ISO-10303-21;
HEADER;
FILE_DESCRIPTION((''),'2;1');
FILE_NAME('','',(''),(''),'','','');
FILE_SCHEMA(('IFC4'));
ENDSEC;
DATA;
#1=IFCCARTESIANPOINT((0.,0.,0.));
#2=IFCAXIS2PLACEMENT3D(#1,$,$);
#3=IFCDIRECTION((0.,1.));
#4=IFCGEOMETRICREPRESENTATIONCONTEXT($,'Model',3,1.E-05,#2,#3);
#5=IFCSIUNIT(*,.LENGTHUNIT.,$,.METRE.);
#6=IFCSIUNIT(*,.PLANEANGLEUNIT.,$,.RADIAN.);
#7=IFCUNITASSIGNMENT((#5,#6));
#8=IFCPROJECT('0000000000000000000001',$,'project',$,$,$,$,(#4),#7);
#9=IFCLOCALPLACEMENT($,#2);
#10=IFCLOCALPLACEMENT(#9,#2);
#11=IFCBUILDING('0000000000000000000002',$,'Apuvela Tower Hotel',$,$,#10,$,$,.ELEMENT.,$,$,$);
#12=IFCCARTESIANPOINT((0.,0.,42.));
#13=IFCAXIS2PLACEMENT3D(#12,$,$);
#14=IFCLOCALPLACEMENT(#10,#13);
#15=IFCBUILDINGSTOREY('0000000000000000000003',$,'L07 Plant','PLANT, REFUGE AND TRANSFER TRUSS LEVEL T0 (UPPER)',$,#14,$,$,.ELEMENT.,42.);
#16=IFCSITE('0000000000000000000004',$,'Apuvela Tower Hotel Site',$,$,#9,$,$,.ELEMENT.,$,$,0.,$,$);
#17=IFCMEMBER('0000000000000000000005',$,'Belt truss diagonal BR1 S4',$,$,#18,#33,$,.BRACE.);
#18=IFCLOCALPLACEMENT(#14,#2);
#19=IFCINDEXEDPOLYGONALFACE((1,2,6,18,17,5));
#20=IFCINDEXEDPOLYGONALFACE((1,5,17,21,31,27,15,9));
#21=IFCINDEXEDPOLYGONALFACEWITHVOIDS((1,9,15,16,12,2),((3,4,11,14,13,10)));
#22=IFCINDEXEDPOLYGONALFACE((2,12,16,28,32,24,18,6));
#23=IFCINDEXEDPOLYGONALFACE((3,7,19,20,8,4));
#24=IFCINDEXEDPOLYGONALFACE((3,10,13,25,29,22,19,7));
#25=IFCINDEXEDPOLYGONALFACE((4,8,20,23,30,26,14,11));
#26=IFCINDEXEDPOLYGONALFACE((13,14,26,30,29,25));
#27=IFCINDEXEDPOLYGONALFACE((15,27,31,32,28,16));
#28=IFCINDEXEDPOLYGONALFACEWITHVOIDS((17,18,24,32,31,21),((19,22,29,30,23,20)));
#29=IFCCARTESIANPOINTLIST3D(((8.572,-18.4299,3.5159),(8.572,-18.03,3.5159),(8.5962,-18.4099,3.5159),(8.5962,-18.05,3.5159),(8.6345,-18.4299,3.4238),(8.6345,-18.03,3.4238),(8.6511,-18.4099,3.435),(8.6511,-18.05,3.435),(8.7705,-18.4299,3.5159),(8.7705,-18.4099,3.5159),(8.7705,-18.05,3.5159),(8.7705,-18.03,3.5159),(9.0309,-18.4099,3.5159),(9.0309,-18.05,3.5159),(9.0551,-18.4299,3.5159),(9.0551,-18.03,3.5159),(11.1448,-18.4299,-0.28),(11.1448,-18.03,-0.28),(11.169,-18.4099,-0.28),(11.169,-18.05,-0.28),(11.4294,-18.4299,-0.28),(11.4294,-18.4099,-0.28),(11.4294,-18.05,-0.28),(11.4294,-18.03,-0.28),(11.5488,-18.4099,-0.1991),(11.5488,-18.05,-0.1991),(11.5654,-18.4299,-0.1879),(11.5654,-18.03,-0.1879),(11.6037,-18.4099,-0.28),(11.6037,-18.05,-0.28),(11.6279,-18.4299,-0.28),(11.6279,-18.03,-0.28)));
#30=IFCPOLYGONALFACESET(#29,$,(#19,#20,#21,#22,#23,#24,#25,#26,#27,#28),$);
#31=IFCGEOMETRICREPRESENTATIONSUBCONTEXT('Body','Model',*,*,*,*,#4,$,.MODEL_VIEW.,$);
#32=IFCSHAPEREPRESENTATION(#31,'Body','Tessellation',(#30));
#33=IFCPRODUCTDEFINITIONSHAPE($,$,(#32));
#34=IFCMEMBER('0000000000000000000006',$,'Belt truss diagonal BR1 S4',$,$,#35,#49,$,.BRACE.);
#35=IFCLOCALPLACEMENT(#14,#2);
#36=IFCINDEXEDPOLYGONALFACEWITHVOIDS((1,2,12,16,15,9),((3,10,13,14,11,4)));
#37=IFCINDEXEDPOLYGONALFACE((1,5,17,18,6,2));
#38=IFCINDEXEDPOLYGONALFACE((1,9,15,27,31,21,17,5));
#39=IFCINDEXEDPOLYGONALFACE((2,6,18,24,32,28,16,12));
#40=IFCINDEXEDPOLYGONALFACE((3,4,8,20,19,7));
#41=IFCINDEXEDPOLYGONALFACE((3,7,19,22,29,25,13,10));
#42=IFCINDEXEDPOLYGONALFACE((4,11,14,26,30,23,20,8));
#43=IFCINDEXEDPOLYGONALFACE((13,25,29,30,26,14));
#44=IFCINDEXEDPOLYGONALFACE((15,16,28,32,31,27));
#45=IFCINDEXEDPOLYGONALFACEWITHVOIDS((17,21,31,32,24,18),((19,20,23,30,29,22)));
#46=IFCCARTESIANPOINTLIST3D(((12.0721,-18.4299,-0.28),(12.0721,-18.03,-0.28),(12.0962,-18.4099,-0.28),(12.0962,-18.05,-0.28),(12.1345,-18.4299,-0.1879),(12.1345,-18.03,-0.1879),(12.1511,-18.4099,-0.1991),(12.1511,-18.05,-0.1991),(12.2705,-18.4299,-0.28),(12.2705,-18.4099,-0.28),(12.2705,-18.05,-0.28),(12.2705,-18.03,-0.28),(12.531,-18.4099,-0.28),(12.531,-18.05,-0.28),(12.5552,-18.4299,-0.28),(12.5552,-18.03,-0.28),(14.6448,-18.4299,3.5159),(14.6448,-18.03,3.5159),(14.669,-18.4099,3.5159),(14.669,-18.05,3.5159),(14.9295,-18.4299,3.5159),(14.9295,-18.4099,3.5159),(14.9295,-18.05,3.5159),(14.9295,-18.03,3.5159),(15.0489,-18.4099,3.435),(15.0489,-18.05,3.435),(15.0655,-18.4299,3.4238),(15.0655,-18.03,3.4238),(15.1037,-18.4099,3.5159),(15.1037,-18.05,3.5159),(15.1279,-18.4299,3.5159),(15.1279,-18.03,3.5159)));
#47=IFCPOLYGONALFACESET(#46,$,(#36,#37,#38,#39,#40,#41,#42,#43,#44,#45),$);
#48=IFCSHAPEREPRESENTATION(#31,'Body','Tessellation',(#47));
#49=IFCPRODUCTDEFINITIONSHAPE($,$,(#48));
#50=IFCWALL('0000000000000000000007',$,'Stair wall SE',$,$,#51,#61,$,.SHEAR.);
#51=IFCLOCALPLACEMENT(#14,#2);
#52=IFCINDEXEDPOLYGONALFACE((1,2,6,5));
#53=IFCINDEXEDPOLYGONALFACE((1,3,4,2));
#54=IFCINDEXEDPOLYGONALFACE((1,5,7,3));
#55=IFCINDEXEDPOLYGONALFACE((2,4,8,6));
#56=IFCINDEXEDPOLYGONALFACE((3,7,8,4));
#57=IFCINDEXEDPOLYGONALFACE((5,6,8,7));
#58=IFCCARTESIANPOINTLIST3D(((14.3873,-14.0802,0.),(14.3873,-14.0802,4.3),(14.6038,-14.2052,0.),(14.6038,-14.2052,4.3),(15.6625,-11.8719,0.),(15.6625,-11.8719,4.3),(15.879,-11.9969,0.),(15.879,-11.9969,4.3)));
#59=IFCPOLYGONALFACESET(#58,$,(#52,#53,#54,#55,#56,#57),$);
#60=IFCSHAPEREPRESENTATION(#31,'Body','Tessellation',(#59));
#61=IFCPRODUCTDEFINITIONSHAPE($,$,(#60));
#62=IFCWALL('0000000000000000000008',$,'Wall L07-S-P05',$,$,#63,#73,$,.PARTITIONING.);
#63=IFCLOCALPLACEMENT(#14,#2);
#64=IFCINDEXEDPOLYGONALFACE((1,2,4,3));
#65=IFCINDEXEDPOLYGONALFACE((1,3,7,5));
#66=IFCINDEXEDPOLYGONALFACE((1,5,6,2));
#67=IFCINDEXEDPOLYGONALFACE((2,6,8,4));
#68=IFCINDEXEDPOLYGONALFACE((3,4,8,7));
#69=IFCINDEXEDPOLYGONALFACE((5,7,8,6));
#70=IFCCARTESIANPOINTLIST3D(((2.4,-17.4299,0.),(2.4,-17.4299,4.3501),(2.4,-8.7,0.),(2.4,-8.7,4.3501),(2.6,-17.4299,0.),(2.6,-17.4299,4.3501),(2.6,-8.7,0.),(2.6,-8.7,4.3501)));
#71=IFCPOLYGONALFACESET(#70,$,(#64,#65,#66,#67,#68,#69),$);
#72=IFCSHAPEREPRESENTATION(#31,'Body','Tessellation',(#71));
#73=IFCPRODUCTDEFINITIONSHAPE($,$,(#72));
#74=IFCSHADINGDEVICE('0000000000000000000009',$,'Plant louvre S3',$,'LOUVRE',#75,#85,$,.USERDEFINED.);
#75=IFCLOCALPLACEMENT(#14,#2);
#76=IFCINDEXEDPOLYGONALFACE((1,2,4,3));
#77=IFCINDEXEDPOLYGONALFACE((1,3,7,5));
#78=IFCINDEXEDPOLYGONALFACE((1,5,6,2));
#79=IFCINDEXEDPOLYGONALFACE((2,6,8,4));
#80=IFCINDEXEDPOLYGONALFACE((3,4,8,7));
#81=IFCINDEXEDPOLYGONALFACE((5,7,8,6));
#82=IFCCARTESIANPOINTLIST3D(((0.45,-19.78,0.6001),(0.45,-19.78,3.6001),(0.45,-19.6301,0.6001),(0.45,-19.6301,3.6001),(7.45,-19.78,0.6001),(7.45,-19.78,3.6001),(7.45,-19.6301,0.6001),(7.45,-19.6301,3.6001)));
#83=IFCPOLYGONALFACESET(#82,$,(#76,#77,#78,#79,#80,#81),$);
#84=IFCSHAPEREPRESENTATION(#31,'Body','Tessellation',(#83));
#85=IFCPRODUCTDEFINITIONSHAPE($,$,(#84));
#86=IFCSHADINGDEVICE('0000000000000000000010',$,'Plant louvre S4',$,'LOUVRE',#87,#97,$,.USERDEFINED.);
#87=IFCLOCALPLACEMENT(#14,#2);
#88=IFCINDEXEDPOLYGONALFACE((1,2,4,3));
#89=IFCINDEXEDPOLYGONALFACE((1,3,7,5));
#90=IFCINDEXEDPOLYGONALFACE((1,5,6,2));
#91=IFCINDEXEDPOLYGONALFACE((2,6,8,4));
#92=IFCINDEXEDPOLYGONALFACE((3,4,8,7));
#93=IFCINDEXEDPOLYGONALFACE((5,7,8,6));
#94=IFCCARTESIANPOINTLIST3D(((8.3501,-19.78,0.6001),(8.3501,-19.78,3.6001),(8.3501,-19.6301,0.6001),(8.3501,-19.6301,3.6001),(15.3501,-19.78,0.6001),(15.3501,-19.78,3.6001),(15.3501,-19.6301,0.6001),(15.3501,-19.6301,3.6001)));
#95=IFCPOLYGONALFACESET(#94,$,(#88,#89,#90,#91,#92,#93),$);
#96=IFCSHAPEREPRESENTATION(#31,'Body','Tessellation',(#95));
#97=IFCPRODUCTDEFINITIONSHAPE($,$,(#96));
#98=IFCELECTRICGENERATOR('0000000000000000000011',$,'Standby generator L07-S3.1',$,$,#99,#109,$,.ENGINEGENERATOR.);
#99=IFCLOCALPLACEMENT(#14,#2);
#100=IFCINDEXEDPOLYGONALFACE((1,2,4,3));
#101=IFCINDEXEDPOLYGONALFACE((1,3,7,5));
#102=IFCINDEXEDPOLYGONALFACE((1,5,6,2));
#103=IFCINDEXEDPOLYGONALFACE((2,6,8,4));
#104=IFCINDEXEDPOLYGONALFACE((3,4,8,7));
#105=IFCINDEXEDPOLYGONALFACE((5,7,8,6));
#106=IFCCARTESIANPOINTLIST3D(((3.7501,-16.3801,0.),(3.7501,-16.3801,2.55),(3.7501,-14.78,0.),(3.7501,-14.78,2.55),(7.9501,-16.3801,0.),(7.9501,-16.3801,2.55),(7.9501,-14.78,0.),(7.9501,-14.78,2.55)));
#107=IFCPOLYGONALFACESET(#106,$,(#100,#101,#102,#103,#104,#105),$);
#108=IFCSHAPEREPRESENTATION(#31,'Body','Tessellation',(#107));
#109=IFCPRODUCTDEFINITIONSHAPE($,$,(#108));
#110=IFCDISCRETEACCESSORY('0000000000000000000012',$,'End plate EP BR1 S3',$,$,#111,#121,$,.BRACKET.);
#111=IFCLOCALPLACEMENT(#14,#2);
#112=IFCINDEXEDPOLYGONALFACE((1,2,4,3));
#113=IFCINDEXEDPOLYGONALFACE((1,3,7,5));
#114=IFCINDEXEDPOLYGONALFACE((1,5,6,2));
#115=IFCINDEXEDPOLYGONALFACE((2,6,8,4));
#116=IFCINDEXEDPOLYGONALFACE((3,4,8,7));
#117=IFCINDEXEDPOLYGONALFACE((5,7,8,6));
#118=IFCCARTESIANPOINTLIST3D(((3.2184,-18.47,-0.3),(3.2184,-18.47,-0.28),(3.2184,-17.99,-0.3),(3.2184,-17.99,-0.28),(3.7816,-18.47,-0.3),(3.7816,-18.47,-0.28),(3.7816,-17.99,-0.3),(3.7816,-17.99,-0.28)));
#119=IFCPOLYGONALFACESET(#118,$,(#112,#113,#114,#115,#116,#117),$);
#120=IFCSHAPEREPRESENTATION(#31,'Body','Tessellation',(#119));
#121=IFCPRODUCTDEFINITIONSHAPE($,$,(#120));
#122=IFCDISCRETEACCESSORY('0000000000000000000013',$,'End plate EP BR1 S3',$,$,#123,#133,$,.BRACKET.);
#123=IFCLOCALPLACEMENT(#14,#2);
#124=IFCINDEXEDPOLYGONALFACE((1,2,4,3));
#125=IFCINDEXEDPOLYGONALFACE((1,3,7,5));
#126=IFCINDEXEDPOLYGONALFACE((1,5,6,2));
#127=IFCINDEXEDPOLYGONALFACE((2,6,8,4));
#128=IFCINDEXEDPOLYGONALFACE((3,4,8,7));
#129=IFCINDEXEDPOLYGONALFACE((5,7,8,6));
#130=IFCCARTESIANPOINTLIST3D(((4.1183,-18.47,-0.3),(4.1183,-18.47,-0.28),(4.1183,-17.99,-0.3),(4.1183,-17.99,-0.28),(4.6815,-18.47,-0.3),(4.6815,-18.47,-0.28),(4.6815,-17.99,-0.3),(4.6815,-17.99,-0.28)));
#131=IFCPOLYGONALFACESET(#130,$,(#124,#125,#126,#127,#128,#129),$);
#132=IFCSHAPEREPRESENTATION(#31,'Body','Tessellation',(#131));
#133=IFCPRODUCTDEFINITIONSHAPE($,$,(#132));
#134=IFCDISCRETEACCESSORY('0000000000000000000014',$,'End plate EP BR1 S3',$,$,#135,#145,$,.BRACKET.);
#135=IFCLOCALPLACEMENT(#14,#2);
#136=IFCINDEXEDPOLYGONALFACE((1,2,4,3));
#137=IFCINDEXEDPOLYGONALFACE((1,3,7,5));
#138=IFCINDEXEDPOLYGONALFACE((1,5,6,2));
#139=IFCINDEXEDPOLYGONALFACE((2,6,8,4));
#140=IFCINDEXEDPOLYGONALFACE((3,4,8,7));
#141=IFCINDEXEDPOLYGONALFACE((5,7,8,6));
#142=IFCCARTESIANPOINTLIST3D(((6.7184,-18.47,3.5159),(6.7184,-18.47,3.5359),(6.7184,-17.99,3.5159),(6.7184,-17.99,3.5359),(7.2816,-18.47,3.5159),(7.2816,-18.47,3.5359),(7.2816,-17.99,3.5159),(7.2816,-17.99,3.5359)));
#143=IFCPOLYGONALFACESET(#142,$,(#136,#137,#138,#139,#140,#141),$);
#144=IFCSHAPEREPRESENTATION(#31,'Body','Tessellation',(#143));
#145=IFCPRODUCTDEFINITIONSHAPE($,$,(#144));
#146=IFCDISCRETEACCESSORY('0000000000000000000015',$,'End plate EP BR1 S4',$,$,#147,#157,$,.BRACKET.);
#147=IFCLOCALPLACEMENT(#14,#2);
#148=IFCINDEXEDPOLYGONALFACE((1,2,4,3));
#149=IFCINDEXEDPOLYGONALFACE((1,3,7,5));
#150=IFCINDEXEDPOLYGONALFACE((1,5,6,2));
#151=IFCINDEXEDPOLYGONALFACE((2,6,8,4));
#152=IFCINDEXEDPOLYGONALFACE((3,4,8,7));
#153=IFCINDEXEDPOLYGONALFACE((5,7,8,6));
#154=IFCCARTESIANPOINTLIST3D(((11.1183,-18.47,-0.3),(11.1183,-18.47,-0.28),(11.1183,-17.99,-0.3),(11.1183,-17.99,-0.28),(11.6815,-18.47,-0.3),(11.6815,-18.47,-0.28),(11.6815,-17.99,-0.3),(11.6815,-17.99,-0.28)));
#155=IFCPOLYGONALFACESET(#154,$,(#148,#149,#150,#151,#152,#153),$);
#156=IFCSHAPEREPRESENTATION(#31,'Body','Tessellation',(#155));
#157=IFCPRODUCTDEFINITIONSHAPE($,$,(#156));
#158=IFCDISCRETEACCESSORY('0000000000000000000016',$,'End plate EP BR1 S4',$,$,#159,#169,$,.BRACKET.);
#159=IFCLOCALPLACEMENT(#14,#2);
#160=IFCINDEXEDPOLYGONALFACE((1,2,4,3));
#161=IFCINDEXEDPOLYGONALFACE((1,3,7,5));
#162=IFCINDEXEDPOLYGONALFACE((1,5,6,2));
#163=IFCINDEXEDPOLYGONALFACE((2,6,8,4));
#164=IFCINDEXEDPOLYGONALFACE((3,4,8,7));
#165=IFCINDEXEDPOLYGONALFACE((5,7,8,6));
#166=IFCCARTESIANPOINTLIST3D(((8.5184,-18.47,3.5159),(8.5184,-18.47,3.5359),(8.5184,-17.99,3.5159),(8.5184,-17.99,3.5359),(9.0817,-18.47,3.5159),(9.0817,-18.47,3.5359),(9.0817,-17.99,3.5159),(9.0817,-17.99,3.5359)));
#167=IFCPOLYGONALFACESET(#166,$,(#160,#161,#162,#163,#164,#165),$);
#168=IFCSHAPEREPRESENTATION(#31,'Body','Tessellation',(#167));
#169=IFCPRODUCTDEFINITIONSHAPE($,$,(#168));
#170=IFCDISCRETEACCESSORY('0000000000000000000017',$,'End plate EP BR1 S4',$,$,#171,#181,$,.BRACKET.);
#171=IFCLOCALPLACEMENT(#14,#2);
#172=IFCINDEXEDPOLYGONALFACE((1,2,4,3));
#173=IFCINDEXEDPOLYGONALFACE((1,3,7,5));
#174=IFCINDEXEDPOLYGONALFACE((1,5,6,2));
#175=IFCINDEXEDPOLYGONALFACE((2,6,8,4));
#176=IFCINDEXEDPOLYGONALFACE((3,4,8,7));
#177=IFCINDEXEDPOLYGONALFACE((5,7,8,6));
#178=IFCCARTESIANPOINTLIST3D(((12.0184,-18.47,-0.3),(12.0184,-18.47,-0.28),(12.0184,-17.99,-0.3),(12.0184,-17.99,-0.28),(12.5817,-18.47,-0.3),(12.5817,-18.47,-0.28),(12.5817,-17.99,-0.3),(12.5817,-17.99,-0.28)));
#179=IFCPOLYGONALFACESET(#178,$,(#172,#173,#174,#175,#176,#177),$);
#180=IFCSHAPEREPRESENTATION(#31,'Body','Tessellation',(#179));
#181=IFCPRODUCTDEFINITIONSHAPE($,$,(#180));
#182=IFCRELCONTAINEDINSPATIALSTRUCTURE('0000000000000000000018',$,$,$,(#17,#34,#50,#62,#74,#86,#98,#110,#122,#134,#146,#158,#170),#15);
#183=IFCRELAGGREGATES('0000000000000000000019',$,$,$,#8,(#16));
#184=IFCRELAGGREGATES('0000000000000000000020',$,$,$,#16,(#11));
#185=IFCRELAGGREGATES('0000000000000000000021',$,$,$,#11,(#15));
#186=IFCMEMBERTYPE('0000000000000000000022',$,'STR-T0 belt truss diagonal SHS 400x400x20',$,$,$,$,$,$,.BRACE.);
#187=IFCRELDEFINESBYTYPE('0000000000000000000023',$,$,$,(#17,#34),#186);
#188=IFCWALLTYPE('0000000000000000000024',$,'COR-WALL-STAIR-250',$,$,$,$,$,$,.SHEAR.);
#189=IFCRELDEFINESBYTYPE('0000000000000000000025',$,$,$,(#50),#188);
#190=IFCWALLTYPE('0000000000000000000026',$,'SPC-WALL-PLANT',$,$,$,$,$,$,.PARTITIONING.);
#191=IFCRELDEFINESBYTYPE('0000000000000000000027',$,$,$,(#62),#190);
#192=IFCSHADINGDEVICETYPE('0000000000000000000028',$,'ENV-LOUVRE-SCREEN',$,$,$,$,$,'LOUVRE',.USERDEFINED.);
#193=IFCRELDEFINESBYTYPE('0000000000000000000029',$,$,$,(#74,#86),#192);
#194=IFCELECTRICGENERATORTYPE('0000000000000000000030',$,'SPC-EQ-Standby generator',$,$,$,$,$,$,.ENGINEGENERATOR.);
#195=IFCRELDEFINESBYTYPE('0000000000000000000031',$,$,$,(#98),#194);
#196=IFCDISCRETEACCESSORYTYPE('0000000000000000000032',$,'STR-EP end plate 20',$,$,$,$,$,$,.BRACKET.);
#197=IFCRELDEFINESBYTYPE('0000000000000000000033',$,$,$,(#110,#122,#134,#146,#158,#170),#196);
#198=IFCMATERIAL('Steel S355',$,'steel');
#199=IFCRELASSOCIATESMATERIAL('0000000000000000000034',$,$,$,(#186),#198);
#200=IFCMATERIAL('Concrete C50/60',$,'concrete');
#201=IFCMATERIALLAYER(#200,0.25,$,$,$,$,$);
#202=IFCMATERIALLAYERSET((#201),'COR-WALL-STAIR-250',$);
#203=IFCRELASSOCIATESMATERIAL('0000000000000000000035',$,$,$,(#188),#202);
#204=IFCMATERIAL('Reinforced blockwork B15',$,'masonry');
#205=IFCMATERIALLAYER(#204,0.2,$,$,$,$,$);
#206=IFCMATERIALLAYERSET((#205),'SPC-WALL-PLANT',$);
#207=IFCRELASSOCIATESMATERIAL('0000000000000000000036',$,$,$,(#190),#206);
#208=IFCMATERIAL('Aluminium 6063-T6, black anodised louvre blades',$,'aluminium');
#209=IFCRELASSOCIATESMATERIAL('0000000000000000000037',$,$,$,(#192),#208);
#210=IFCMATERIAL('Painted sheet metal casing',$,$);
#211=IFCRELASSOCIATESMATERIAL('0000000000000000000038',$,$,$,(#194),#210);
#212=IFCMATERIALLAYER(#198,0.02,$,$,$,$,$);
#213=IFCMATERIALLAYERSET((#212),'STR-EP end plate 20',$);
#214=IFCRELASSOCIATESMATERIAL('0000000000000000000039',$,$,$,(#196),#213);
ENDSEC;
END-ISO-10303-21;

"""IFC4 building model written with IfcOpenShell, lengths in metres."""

from ifc_helpers import new_model, si_unit, direction, frame, frame_2d, origin, origin_2d, place, context, subcontext, project, spatial, rectangle, hollow_rectangle, extrude, boolean, halfspace, material, layer, layer_set, material_profile, profile_set, type_object, element, save


model = new_model("IFC4")

# Units and contexts
model_context = context("Model", 3, precision=1e-05, world=origin(), true_north=direction((0.0, 1.0)))
body_context = subcontext(model_context, "Body", "Model", "MODEL_VIEW")
ifc_project = project(units=[si_unit("LENGTHUNIT", "METRE"), si_unit("PLANEANGLEUNIT", "RADIAN")], contexts=[model_context])

# Site, building, storey
site_placement = place(None, origin())
site = spatial("IfcSite", under=ifc_project, at=site_placement, Name="Apuvela Tower Hotel Site", CompositionType="ELEMENT", RefElevation=0.0)
building_placement = place(site_placement, origin())
building = spatial("IfcBuilding", under=site, at=building_placement, Name="Apuvela Tower Hotel", CompositionType="ELEMENT")
storey_placement = place(building_placement, frame((0.0, 0.0, 42.0)))
storey = spatial("IfcBuildingStorey", under=building, at=storey_placement, Name="L07 Plant", Description="PLANT, REFUGE AND TRANSFER TRUSS LEVEL T0 (UPPER)", CompositionType="ELEMENT", Elevation=42.0)

# Shared definitions
ifc_material_1 = material(Name="Steel S355", Category="steel")

# Members
ifc_material_profile_1 = material_profile(ifc_material_1, hollow_rectangle(XDim=0.3999, YDim=0.3999, WallThickness=0.02, at=origin_2d()), Name="SHS 400x400x20")
ifc_profile_set_1 = profile_set([ifc_material_profile_1], Name="Steel S355")
member_type = type_object("IfcMemberType", Name="STR-T0 belt truss diagonal SHS 400x400x20", PredefinedType="BRACE", material=ifc_profile_set_1)
member_1_placement = place(storey_placement, frame((11.3999, -18.23, -0.3), z_axis=(-0.561043, 0.0, 0.827787), x_axis=(0.827787, 0.0, 0.561043)))
solid_1 = boolean("DIFFERENCE", boolean("DIFFERENCE", extrude(hollow_rectangle(XDim=0.3999, YDim=0.3999, WallThickness=0.02, at=origin_2d()), frame((0.0, 0.0, -0.2556)), (0.0, 0.0, 1.0), 5.1453), halfspace(frame((0.0, 0.0, 0.0242), z_axis=(0.561043, 0.0, 0.827787), x_axis=(0.827787, 0.0, -0.561043)), True)), halfspace(frame((0.0, 0.0, 4.6099), z_axis=(0.561043, 0.0, 0.827787), x_axis=(0.827787, 0.0, -0.561043)), False))
element("IfcMember", 1, at=member_1_placement, inside=storey, type_object=member_type, Name="Belt truss diagonal BR1 S4", PredefinedType="BRACE", context=body_context, shape_type="SweptSolid", body=[
    boolean("UNION", boolean("DIFFERENCE", boolean("DIFFERENCE", extrude(hollow_rectangle(XDim=0.3999, YDim=0.3999, WallThickness=0.02, at=origin_2d()), origin(), (0.0, 0.0, 1.0), 4.634), halfspace(frame((0.0, 0.0, 0.0242), z_axis=(0.561043, 0.0, 0.827787), x_axis=(0.827787, 0.0, -0.561043)), True)), halfspace(frame((0.0, 0.0, 4.6099), z_axis=(0.561043, 0.0, 0.827787), x_axis=(0.827787, 0.0, -0.561043)), False)), solid_1),
])
member_2_placement = place(storey_placement, frame((12.3, -18.23, -0.3), z_axis=(0.561043, 0.0, 0.827787), x_axis=(-0.827787, 0.0, 0.561043)))
solid_2 = boolean("DIFFERENCE", boolean("DIFFERENCE", extrude(hollow_rectangle(XDim=0.3999, YDim=0.3999, WallThickness=0.02, at=origin_2d()), frame((0.0, 0.0, -0.2556)), (0.0, 0.0, 1.0), 5.1453), halfspace(frame((0.0, 0.0, 0.0242), z_axis=(0.561043, 0.0, 0.827787), x_axis=(0.827787, 0.0, -0.561043)), True)), halfspace(frame((0.0, 0.0, 4.6099), z_axis=(0.561043, 0.0, 0.827787), x_axis=(0.827787, 0.0, -0.561043)), False))
element("IfcMember", 2, at=member_2_placement, inside=storey, type_object=member_type, Name="Belt truss diagonal BR1 S4", PredefinedType="BRACE", context=body_context, shape_type="SweptSolid", body=[
    boolean("UNION", boolean("DIFFERENCE", boolean("DIFFERENCE", extrude(hollow_rectangle(XDim=0.3999, YDim=0.3999, WallThickness=0.02, at=origin_2d()), origin(), (0.0, 0.0, 1.0), 4.634), halfspace(frame((0.0, 0.0, 0.0242), z_axis=(0.561043, 0.0, 0.827787), x_axis=(0.827787, 0.0, -0.561043)), True)), halfspace(frame((0.0, 0.0, 4.6099), z_axis=(0.561043, 0.0, 0.827787), x_axis=(0.827787, 0.0, -0.561043)), False)), solid_2),
])

# Walls
ifc_material_2 = material(Name="Concrete C50/60", Category="concrete")
ifc_layer_1 = layer(ifc_material_2, 0.25)
ifc_layer_set_1 = layer_set([ifc_layer_1], Name="COR-WALL-STAIR-250")
wall_type_1 = type_object("IfcWallType", Name="COR-WALL-STAIR-250", PredefinedType="SHEAR", material=ifc_layer_set_1)
wall_1_placement = place(storey_placement, frame((14.4956, -14.1426, 0.0), z_axis=(0.0, 0.0, 1.0), x_axis=(0.500062, 0.865989, 0.0)))
element("IfcWall", 3, at=wall_1_placement, inside=storey, type_object=wall_type_1, Name="Stair wall SE", PredefinedType="SHEAR", context=body_context, shape_type="SweptSolid", body=[
    extrude(rectangle(XDim=2.55, YDim=0.25, at=frame_2d((1.2749, 0.0))), origin(), (0.0, 0.0, 1.0), 4.3),
])
ifc_material_3 = material(Name="Reinforced blockwork B15", Category="masonry")
ifc_layer_2 = layer(ifc_material_3, 0.2)
ifc_layer_set_2 = layer_set([ifc_layer_2], Name="SPC-WALL-PLANT")
wall_type_2 = type_object("IfcWallType", Name="SPC-WALL-PLANT", PredefinedType="PARTITIONING", material=ifc_layer_set_2)
wall_2_placement = place(storey_placement, frame((2.5, -17.4299, 0.0), z_axis=(0.0, 0.0, 1.0), x_axis=(0.0, 1.0, 0.0)))
element("IfcWall", 4, at=wall_2_placement, inside=storey, type_object=wall_type_2, Name="Wall L07-S-P05", PredefinedType="PARTITIONING", context=body_context, shape_type="SweptSolid", body=[
    extrude(rectangle(XDim=8.73, YDim=0.2, at=frame_2d((4.365, 0.0))), origin(), (0.0, 0.0, 1.0), 4.3501),
])

# Shading devices
ifc_material_4 = material(Name="Aluminium 6063-T6, black anodised louvre blades", Category="aluminium")
shading_device_type = type_object("IfcShadingDeviceType", Name="ENV-LOUVRE-SCREEN", ElementType="LOUVRE", PredefinedType="USERDEFINED", material=ifc_material_4)
for number, where, z_axis, x_axis, name in (
    (5, (3.95, -19.7051, 0.6001), (0.0, 0.0, 1.0), (1.0, 0.0, 0.0), "Plant louvre S3"),
    (6, (11.8501, -19.7051, 0.6001), (0.0, 0.0, 1.0), (1.0, 0.0, 0.0), "Plant louvre S4"),
):
    element("IfcShadingDevice", number, at=place(storey_placement, frame(where, z_axis=z_axis, x_axis=x_axis)), inside=storey, type_object=shading_device_type, Name=name, ObjectType="LOUVRE", PredefinedType="USERDEFINED", context=body_context, shape_type="SweptSolid", body=[
        extrude(rectangle(XDim=7.0, YDim=0.1499, at=origin_2d()), origin(), (0.0, 0.0, 1.0), 3.0),
    ])

# Electric generator
ifc_material_5 = material(Name="Painted sheet metal casing")
electric_generator_type = type_object("IfcElectricGeneratorType", Name="SPC-EQ-Standby generator", PredefinedType="ENGINEGENERATOR", material=ifc_material_5)
electric_generator_placement = place(storey_placement, frame((5.8501, -15.5801, 0.0), z_axis=(0.0, 0.0, 1.0), x_axis=(1.0, 0.0, 0.0)))
element("IfcElectricGenerator", 7, at=electric_generator_placement, inside=storey, type_object=electric_generator_type, Name="Standby generator L07-S3.1", PredefinedType="ENGINEGENERATOR", context=body_context, shape_type="SweptSolid", body=[
    extrude(rectangle(XDim=4.2, YDim=1.6001, at=origin_2d()), origin(), (0.0, 0.0, 1.0), 2.55),
])

# Discrete accessories
ifc_layer_3 = layer(ifc_material_1, 0.02)
ifc_layer_set_3 = layer_set([ifc_layer_3], Name="STR-EP end plate 20")
discrete_accessory_type = type_object("IfcDiscreteAccessoryType", Name="STR-EP end plate 20", PredefinedType="BRACKET", material=ifc_layer_set_3)
for number, where, z_axis, x_axis, name in (
    (8, (3.5, -18.23, -0.3), (0.0, 0.0, 1.0), (-1.0, 0.0, 0.0), "End plate EP BR1 S3"),
    (9, (4.3999, -18.23, -0.3), (0.0, 0.0, 1.0), (1.0, 0.0, 0.0), "End plate EP BR1 S3"),
    (10, (7.0, -18.23, 3.5159), (0.0, 0.0, 1.0), (1.0, 0.0, 0.0), "End plate EP BR1 S3"),
    (11, (11.3999, -18.23, -0.3), (0.0, 0.0, 1.0), (-1.0, 0.0, 0.0), "End plate EP BR1 S4"),
    (12, (8.8, -18.23, 3.5159), (0.0, 0.0, 1.0), (-1.0, 0.0, 0.0), "End plate EP BR1 S4"),
    (13, (12.3, -18.23, -0.3), (0.0, 0.0, 1.0), (1.0, 0.0, 0.0), "End plate EP BR1 S4"),
):
    element("IfcDiscreteAccessory", number, at=place(storey_placement, frame(where, z_axis=z_axis, x_axis=x_axis)), inside=storey, type_object=discrete_accessory_type, Name=name, PredefinedType="BRACKET", context=body_context, shape_type="SweptSolid", body=[
        extrude(rectangle(XDim=0.5632, YDim=0.48, at=origin_2d()), origin(), (0.0, 0.0, 1.0), 0.02),
    ])

save(model, "model.ifc")
